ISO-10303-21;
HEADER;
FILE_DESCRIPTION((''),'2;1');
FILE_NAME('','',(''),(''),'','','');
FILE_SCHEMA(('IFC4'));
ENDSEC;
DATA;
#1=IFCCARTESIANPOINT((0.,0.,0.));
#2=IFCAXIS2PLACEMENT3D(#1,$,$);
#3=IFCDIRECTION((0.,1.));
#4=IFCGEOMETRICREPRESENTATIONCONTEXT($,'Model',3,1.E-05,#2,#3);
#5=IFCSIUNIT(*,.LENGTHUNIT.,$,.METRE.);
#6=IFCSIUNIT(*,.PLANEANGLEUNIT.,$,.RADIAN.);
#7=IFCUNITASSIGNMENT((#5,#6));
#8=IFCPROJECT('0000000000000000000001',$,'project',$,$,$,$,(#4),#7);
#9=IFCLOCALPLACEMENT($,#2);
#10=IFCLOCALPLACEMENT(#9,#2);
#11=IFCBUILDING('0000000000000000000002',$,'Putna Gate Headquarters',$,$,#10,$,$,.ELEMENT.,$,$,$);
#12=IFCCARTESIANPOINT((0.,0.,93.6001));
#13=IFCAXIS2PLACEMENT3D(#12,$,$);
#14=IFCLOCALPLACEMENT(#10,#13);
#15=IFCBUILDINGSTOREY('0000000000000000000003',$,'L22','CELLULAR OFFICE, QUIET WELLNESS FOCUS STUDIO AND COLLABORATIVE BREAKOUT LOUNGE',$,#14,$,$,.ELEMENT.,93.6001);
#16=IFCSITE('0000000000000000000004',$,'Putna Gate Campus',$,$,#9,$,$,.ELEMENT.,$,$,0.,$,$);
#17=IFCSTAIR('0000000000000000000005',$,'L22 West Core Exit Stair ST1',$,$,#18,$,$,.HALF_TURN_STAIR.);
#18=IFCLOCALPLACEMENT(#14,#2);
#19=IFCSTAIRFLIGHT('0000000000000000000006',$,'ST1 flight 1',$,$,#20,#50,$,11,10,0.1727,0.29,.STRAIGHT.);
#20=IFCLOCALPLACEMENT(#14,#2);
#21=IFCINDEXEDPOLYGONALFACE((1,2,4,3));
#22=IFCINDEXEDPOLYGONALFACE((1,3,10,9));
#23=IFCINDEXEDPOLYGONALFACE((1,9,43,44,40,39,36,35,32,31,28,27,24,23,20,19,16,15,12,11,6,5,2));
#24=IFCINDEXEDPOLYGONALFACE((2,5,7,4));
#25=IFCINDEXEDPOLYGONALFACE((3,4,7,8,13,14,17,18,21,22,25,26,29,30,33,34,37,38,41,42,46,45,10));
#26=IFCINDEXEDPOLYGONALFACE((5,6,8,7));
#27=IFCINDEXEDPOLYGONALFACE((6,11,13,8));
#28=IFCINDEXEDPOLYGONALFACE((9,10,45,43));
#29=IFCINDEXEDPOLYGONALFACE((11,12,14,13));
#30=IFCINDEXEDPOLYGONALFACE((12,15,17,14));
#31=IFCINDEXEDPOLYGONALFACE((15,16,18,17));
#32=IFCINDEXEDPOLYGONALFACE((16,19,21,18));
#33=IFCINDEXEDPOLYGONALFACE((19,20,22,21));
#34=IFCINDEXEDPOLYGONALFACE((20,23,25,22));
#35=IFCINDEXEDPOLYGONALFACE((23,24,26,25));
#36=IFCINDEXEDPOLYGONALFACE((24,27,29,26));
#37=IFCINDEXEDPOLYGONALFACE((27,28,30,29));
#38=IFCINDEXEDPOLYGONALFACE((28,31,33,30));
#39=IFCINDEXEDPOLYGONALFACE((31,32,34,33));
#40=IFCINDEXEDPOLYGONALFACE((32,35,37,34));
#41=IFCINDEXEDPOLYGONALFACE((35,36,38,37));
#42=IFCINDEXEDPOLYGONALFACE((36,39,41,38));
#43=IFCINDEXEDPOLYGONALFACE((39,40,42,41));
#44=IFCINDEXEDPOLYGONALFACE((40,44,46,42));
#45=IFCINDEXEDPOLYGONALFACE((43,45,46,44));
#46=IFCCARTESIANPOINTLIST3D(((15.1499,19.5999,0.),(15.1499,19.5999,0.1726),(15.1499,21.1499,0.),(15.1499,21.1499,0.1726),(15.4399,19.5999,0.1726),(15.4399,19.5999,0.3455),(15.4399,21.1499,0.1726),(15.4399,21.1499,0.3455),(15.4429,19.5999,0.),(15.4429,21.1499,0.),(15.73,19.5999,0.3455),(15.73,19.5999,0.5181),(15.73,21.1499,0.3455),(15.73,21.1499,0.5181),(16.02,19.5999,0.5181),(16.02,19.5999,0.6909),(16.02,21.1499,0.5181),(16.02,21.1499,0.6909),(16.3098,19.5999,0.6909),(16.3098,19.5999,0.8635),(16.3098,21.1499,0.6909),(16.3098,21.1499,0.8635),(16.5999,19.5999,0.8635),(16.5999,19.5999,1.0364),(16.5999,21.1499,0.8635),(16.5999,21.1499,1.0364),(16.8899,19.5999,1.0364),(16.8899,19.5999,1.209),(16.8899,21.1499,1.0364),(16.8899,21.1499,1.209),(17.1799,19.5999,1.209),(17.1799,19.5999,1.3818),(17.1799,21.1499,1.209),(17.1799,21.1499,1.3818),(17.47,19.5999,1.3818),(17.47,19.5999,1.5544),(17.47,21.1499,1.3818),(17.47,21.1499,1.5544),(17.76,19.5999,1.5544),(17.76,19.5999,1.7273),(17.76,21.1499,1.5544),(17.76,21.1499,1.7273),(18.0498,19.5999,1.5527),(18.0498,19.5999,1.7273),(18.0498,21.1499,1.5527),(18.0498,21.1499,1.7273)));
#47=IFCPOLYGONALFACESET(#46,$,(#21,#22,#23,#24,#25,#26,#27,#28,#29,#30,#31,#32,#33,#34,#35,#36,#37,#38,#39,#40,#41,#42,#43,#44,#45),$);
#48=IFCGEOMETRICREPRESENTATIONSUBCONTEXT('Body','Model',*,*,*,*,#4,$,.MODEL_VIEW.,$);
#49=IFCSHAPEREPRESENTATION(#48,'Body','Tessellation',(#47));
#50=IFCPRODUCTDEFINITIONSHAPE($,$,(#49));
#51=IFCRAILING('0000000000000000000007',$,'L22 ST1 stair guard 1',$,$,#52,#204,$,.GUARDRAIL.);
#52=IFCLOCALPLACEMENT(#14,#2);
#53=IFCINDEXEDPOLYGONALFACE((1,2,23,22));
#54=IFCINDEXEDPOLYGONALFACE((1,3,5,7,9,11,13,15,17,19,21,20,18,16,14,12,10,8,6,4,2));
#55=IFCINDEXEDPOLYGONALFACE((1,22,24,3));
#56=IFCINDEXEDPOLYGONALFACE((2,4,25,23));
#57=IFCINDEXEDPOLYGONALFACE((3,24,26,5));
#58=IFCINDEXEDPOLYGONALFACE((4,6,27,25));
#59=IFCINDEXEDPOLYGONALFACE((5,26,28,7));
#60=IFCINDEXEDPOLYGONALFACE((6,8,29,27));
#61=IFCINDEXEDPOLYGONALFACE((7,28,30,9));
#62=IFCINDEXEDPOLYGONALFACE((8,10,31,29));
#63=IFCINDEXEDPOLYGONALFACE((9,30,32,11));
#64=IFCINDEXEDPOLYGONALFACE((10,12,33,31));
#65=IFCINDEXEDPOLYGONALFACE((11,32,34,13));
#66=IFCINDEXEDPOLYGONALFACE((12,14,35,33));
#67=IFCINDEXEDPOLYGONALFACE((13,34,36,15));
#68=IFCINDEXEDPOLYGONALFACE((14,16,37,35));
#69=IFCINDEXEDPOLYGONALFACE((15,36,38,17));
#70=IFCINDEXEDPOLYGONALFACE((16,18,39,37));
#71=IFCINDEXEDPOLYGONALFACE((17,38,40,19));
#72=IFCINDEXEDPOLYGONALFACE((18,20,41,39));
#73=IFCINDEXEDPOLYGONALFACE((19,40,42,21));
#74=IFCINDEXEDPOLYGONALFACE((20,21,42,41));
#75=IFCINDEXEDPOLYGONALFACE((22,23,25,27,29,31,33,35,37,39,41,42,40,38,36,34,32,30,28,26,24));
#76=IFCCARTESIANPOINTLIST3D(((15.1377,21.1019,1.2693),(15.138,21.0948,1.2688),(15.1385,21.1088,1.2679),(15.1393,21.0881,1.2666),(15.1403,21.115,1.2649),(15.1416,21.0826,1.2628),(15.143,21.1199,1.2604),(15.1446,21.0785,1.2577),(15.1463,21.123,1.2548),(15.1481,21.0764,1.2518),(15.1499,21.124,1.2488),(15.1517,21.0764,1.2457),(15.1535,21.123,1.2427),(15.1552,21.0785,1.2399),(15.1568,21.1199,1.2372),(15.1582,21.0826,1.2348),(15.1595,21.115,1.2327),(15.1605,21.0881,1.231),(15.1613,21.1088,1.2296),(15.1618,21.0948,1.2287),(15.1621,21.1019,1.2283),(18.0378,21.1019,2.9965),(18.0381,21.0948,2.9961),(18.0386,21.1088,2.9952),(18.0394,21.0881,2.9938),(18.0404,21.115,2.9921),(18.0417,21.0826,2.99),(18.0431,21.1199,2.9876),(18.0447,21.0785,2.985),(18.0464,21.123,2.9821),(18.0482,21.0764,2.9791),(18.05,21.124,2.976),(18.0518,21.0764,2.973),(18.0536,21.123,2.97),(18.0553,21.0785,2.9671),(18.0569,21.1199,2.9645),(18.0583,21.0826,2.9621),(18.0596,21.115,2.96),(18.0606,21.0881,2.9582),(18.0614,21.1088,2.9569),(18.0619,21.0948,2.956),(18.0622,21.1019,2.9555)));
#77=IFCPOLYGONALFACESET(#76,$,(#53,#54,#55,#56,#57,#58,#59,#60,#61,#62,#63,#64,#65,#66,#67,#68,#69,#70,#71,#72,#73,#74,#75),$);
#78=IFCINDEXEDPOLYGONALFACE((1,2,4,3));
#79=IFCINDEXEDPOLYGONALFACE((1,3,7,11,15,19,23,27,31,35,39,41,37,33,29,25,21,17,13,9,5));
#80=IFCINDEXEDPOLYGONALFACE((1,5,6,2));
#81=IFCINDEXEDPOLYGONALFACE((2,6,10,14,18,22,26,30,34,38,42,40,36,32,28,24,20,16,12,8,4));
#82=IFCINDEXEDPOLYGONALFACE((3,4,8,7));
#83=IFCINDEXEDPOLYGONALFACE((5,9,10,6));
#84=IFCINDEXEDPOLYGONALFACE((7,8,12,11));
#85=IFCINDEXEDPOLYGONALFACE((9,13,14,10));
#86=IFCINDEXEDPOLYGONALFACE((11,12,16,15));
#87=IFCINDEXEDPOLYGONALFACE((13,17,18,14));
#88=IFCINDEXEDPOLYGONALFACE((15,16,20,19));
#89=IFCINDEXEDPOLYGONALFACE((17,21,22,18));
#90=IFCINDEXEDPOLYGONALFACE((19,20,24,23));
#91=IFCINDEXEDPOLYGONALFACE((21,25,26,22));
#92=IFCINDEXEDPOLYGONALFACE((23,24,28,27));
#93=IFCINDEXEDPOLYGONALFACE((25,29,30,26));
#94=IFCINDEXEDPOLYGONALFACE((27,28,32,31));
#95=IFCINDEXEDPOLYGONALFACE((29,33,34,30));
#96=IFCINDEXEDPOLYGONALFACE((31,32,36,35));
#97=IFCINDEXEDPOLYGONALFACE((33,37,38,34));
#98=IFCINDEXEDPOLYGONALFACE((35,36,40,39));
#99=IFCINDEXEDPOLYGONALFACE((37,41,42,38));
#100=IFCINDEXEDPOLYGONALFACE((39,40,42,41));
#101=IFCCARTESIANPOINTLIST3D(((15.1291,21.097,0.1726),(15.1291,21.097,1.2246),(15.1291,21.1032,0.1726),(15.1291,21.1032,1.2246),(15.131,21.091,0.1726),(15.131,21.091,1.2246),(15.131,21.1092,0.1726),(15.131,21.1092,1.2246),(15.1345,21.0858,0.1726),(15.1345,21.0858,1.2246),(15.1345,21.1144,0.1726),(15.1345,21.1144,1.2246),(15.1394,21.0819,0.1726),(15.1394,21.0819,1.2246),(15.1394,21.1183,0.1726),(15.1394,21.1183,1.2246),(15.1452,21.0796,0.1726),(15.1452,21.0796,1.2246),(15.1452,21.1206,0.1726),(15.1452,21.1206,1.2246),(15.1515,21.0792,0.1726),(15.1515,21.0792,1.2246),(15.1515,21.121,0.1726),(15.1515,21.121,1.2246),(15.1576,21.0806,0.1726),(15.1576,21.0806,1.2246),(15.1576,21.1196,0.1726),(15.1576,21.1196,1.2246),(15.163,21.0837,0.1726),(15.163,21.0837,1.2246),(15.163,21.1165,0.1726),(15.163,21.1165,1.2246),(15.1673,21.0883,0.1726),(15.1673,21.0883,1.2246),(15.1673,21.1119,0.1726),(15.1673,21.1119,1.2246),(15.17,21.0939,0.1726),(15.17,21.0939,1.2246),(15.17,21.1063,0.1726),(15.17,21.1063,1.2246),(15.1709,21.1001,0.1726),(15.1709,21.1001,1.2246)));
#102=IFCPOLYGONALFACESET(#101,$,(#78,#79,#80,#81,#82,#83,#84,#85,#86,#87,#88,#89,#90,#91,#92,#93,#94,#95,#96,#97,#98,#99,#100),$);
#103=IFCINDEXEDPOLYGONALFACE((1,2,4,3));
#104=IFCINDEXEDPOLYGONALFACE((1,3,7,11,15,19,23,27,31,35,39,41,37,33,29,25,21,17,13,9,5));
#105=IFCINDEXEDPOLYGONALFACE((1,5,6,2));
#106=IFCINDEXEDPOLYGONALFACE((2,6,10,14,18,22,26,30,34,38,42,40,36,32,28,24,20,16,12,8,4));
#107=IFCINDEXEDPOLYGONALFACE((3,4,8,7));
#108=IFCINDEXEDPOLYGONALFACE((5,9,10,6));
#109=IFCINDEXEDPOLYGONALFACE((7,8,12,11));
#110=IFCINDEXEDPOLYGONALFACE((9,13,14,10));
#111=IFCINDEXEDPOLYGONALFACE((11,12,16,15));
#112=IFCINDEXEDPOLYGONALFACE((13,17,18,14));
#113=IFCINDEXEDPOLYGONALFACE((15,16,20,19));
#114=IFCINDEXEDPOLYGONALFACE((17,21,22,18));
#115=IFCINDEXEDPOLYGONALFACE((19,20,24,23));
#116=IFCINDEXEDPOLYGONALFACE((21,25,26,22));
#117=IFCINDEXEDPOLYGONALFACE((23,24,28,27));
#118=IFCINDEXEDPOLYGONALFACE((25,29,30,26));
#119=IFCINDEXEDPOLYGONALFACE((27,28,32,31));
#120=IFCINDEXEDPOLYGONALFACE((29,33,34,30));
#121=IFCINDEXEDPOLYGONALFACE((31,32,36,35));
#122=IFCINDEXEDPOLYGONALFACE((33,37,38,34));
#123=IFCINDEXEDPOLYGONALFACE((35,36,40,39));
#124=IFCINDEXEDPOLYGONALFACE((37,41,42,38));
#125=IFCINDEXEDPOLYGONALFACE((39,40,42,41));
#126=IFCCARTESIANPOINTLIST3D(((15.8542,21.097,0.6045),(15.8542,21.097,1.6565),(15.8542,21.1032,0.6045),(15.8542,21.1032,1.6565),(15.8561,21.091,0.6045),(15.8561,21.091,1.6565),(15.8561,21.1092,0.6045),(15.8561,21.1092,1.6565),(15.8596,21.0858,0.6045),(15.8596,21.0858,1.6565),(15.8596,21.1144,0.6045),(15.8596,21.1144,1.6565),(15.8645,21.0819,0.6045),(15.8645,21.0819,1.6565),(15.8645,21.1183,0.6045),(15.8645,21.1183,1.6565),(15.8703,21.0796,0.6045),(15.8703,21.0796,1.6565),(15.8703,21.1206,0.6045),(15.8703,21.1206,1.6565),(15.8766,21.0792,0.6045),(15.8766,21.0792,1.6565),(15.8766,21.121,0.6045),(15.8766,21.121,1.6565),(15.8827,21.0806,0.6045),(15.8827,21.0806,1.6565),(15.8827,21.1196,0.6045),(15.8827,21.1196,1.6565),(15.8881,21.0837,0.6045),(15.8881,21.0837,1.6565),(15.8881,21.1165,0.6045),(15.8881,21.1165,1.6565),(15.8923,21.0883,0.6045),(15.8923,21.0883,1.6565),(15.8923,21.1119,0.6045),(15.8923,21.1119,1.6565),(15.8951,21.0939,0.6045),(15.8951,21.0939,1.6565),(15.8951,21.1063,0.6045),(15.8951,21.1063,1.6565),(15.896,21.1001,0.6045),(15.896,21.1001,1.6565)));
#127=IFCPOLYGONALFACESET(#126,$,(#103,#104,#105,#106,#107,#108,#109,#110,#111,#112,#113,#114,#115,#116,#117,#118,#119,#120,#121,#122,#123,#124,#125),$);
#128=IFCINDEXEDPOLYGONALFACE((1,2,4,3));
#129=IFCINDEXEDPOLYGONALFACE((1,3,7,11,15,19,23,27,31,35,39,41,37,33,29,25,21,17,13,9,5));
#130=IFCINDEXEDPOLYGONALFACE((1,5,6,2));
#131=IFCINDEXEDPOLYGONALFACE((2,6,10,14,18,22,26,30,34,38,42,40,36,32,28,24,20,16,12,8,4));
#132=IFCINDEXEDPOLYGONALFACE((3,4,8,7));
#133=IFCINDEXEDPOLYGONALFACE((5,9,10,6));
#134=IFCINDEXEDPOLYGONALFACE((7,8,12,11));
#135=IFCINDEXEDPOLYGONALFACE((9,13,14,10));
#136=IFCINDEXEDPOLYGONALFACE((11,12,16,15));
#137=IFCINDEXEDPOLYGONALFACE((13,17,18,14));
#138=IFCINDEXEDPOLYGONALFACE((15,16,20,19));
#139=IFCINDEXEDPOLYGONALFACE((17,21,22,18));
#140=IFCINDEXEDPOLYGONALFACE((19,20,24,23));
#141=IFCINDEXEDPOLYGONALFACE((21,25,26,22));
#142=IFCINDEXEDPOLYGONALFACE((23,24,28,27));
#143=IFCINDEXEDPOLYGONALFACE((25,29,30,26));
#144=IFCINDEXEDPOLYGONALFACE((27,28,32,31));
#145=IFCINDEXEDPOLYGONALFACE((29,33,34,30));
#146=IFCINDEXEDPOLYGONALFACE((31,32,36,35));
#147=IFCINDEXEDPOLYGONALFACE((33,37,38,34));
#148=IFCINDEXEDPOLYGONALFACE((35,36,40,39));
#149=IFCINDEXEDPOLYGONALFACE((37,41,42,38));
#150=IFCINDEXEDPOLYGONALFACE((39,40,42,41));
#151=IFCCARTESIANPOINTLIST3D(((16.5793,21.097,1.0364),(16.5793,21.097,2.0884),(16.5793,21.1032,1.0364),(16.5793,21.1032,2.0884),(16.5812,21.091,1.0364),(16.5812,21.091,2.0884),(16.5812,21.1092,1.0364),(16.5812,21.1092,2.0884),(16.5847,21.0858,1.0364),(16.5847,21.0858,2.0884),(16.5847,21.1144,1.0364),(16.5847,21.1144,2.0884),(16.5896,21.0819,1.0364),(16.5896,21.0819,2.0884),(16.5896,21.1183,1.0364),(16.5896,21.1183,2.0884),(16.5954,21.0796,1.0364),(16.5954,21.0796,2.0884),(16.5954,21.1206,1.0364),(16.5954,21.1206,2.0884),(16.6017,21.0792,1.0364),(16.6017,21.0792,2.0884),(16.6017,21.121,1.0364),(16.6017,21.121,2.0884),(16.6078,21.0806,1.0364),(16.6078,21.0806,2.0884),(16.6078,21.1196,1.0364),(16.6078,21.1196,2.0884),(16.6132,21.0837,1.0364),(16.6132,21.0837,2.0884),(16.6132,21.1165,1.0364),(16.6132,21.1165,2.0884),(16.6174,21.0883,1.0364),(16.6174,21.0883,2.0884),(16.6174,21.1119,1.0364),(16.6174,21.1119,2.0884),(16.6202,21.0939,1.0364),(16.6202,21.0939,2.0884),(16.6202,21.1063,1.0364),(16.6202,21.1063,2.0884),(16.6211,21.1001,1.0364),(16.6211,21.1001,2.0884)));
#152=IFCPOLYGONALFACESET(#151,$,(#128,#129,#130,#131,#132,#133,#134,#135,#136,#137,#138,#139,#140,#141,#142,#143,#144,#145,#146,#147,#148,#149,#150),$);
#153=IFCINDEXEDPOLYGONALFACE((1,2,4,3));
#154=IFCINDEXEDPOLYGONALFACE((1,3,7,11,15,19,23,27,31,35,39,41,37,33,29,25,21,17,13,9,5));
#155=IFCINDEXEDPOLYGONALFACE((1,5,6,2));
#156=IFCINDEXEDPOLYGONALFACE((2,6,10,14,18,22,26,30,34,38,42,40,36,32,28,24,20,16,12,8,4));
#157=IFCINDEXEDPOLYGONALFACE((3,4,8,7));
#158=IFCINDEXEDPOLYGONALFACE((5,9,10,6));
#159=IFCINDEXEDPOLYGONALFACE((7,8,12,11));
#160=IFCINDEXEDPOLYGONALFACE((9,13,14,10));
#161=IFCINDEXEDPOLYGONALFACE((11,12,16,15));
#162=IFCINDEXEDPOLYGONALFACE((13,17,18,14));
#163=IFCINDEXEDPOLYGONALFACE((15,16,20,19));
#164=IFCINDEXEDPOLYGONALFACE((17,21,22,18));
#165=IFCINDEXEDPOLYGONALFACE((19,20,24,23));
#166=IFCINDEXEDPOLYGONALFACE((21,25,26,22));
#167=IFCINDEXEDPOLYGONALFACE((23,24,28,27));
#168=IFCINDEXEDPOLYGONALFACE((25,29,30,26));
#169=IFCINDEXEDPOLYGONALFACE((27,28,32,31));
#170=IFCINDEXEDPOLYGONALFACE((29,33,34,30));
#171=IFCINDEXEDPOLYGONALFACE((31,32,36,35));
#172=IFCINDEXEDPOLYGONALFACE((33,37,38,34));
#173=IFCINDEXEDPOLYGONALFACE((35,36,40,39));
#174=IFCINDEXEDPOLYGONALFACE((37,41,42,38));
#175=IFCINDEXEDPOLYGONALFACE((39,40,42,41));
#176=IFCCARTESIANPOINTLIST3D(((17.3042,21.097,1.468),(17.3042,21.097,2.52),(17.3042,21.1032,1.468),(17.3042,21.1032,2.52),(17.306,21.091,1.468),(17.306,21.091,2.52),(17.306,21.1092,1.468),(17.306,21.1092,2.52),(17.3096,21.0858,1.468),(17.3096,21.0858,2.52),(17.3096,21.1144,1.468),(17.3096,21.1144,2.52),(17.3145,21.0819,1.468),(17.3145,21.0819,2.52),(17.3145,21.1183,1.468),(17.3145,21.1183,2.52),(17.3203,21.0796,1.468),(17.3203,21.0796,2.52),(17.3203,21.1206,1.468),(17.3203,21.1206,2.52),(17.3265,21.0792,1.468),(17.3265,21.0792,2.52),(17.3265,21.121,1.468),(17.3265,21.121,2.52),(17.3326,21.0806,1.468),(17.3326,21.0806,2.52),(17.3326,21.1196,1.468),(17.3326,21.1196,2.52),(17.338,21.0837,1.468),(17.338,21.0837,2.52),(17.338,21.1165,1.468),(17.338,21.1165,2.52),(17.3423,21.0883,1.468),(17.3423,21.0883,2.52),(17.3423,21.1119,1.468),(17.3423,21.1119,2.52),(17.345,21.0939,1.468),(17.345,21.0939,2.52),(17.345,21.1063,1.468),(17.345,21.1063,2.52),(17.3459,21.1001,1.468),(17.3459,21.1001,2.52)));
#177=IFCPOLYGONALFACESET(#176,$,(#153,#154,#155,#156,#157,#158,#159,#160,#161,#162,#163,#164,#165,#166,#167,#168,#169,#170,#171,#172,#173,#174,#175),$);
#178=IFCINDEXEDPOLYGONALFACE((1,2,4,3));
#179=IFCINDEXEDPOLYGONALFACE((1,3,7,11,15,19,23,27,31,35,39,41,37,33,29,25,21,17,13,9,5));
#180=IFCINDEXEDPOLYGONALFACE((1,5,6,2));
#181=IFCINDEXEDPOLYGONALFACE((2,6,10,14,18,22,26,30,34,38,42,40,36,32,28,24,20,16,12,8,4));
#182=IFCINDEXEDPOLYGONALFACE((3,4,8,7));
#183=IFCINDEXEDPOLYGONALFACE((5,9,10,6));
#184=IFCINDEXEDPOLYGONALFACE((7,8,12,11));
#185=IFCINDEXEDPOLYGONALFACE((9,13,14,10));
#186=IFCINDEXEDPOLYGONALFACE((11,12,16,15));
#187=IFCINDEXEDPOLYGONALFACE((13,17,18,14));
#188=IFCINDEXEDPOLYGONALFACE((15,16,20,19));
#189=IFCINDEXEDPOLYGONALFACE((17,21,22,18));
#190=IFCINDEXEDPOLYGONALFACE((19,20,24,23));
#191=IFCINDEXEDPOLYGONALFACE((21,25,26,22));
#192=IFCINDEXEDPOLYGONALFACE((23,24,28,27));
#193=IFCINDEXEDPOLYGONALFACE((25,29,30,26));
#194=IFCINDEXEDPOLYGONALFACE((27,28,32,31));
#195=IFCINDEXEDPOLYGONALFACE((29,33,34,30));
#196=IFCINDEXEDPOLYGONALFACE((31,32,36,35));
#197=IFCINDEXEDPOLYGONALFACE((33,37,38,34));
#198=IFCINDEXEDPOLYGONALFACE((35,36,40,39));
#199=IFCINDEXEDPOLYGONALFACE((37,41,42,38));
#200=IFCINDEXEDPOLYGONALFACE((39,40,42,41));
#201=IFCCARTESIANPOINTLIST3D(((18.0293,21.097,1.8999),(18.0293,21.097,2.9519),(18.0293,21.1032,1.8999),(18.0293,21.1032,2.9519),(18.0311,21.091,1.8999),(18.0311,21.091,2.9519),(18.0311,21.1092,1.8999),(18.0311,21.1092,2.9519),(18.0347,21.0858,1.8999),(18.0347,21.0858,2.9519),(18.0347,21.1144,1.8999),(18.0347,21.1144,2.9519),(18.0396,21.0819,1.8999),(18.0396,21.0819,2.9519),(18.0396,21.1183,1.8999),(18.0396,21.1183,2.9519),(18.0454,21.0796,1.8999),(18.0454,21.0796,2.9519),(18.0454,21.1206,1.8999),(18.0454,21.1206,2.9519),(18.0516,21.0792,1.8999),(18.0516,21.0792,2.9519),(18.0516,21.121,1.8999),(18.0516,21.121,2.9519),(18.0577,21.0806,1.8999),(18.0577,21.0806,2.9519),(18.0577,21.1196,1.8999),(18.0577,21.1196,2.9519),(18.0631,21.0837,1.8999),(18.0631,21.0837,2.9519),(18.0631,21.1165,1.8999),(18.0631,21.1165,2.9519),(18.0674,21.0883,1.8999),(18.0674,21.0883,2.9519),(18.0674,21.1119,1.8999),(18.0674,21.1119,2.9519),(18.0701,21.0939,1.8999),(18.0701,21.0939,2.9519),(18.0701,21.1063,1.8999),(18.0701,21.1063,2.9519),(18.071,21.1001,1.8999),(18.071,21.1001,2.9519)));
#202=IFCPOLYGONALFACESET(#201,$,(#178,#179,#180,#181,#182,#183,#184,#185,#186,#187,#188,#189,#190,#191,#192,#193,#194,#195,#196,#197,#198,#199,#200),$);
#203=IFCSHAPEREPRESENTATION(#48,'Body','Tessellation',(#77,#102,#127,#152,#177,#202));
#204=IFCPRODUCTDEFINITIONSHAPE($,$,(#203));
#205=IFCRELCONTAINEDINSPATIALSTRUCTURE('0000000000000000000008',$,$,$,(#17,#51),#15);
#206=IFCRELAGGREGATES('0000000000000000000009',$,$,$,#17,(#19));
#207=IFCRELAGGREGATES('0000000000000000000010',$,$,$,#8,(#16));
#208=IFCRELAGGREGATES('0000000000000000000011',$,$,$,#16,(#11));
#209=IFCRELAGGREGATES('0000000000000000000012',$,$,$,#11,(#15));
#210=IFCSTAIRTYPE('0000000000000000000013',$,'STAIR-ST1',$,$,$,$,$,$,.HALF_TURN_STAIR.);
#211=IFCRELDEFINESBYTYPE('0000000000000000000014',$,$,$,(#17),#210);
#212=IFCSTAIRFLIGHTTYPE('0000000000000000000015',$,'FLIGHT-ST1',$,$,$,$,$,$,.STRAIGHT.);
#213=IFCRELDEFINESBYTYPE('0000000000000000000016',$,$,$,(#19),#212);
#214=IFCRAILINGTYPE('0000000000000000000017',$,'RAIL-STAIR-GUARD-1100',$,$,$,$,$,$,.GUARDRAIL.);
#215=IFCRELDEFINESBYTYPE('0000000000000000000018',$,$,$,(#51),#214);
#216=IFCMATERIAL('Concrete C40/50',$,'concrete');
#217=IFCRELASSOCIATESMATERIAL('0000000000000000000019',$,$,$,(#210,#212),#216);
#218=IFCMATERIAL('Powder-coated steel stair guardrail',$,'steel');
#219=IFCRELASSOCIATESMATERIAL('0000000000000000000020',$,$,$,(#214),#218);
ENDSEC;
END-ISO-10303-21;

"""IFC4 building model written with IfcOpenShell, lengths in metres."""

from ifc_helpers import new_model, si_unit, direction, frame, origin, origin_2d, place, context, subcontext, project, spatial, polyline, circle, outline, extrude, material, type_object, element, aggregate, save


model = new_model("IFC4")

# Units and contexts
model_context = context("Model", 3, precision=1e-05, world=origin(), true_north=direction((0.0, 1.0)))
body_context = subcontext(model_context, "Body", "Model", "MODEL_VIEW")
ifc_project = project(units=[si_unit("LENGTHUNIT", "METRE"), si_unit("PLANEANGLEUNIT", "RADIAN")], contexts=[model_context])

# Site, building, storey
site_placement = place(None, origin())
site = spatial("IfcSite", under=ifc_project, at=site_placement, Name="Putna Gate Campus", CompositionType="ELEMENT", RefElevation=0.0)
building_placement = place(site_placement, origin())
building = spatial("IfcBuilding", under=site, at=building_placement, Name="Putna Gate Headquarters", CompositionType="ELEMENT")
storey_placement = place(building_placement, frame((0.0, 0.0, 93.6001)))
storey = spatial("IfcBuildingStorey", under=building, at=storey_placement, Name="L22", Description="CELLULAR OFFICE, QUIET WELLNESS FOCUS STUDIO AND COLLABORATIVE BREAKOUT LOUNGE", CompositionType="ELEMENT", Elevation=93.6001)

# Shared definitions
ifc_material_1 = material(Name="Concrete C40/50", Category="concrete")

# Stair, stair flight
stair_type = type_object("IfcStairType", Name="STAIR-ST1", PredefinedType="HALF_TURN_STAIR", material=ifc_material_1)
stair_placement = place(storey_placement, origin())
stair = element("IfcStair", 1, at=stair_placement, inside=storey, type_object=stair_type, Name="L22 West Core Exit Stair ST1", PredefinedType="HALF_TURN_STAIR")
stair_flight_type = type_object("IfcStairFlightType", Name="FLIGHT-ST1", PredefinedType="STRAIGHT", material=ifc_material_1)
stair_flight_placement = place(storey_placement, frame((15.1499, 20.375, 0.0), z_axis=(0.0, 0.0, 1.0), x_axis=(1.0, 0.0, 0.0)))
stair_flight = element("IfcStairFlight", 2, at=stair_flight_placement, type_object=stair_flight_type, Name="ST1 flight 1", NumberOfRisers=11, NumberOfTreads=10, PredefinedType="STRAIGHT", RiserHeight=0.1727, TreadLength=0.29, context=body_context, shape_type="SweptSolid", body=[
    extrude(outline(polyline([(0.0, 0.0), (0.0, 0.1726), (0.29, 0.1726), (0.29, 0.3455), (0.5801, 0.3455), (0.5801, 0.5181), (0.8701, 0.5181), (0.8701, 0.6909), (1.1599, 0.6909), (1.1599, 0.8635), (1.45, 0.8635), (1.45, 1.0364), (1.74, 1.0364), (1.74, 1.209), (2.03, 1.209), (2.03, 1.3818), (2.3201, 1.3818), (2.3201, 1.5544), (2.6101, 1.5544), (2.6101, 1.7273), (2.8999, 1.7273), (2.8999, 1.8999), (2.8999, 1.5527), (0.293, 0.0), (0.0, 0.0)])), frame((0.0, 0.7749, 0.0), z_axis=(0.0, -1.0, 0.0), x_axis=(1.0, 0.0, 0.0)), (0.0, 0.0, 1.0), 1.55),
])
aggregate(stair, [stair_flight])

# Railing
ifc_material_2 = material(Name="Powder-coated steel stair guardrail", Category="steel")
railing_type = type_object("IfcRailingType", Name="RAIL-STAIR-GUARD-1100", PredefinedType="GUARDRAIL", material=ifc_material_2)
railing_1_placement = place(storey_placement, frame((15.1499, 21.1001, 0.1726)))
element("IfcRailing", 3, at=railing_1_placement, inside=storey, type_object=railing_type, Name="L22 ST1 stair guard 1", PredefinedType="GUARDRAIL", context=body_context, shape_type="SweptSolid", body=[
    extrude(circle(Radius=0.0239, at=origin_2d()), frame((0.0, 0.0, 1.0762), z_axis=(0.85916, 0.0, 0.511706), x_axis=(0.0, 1.0, 0.0)), (0.0, 0.0, 1.0), 3.3755),
    extrude(circle(Radius=0.021, at=origin_2d()), origin(), (0.0, 0.0, 1.0), 1.052),
    extrude(circle(Radius=0.021, at=origin_2d()), frame((0.7251, 0.0, 0.4319)), (0.0, 0.0, 1.0), 1.052),
    extrude(circle(Radius=0.021, at=origin_2d()), frame((1.4502, 0.0, 0.8638)), (0.0, 0.0, 1.0), 1.052),
    extrude(circle(Radius=0.021, at=origin_2d()), frame((2.175, 0.0, 1.2954)), (0.0, 0.0, 1.0), 1.052),
    extrude(circle(Radius=0.021, at=origin_2d()), frame((2.9001, 0.0, 1.7273)), (0.0, 0.0, 1.0), 1.052),
])

save(model, "model.ifc")
